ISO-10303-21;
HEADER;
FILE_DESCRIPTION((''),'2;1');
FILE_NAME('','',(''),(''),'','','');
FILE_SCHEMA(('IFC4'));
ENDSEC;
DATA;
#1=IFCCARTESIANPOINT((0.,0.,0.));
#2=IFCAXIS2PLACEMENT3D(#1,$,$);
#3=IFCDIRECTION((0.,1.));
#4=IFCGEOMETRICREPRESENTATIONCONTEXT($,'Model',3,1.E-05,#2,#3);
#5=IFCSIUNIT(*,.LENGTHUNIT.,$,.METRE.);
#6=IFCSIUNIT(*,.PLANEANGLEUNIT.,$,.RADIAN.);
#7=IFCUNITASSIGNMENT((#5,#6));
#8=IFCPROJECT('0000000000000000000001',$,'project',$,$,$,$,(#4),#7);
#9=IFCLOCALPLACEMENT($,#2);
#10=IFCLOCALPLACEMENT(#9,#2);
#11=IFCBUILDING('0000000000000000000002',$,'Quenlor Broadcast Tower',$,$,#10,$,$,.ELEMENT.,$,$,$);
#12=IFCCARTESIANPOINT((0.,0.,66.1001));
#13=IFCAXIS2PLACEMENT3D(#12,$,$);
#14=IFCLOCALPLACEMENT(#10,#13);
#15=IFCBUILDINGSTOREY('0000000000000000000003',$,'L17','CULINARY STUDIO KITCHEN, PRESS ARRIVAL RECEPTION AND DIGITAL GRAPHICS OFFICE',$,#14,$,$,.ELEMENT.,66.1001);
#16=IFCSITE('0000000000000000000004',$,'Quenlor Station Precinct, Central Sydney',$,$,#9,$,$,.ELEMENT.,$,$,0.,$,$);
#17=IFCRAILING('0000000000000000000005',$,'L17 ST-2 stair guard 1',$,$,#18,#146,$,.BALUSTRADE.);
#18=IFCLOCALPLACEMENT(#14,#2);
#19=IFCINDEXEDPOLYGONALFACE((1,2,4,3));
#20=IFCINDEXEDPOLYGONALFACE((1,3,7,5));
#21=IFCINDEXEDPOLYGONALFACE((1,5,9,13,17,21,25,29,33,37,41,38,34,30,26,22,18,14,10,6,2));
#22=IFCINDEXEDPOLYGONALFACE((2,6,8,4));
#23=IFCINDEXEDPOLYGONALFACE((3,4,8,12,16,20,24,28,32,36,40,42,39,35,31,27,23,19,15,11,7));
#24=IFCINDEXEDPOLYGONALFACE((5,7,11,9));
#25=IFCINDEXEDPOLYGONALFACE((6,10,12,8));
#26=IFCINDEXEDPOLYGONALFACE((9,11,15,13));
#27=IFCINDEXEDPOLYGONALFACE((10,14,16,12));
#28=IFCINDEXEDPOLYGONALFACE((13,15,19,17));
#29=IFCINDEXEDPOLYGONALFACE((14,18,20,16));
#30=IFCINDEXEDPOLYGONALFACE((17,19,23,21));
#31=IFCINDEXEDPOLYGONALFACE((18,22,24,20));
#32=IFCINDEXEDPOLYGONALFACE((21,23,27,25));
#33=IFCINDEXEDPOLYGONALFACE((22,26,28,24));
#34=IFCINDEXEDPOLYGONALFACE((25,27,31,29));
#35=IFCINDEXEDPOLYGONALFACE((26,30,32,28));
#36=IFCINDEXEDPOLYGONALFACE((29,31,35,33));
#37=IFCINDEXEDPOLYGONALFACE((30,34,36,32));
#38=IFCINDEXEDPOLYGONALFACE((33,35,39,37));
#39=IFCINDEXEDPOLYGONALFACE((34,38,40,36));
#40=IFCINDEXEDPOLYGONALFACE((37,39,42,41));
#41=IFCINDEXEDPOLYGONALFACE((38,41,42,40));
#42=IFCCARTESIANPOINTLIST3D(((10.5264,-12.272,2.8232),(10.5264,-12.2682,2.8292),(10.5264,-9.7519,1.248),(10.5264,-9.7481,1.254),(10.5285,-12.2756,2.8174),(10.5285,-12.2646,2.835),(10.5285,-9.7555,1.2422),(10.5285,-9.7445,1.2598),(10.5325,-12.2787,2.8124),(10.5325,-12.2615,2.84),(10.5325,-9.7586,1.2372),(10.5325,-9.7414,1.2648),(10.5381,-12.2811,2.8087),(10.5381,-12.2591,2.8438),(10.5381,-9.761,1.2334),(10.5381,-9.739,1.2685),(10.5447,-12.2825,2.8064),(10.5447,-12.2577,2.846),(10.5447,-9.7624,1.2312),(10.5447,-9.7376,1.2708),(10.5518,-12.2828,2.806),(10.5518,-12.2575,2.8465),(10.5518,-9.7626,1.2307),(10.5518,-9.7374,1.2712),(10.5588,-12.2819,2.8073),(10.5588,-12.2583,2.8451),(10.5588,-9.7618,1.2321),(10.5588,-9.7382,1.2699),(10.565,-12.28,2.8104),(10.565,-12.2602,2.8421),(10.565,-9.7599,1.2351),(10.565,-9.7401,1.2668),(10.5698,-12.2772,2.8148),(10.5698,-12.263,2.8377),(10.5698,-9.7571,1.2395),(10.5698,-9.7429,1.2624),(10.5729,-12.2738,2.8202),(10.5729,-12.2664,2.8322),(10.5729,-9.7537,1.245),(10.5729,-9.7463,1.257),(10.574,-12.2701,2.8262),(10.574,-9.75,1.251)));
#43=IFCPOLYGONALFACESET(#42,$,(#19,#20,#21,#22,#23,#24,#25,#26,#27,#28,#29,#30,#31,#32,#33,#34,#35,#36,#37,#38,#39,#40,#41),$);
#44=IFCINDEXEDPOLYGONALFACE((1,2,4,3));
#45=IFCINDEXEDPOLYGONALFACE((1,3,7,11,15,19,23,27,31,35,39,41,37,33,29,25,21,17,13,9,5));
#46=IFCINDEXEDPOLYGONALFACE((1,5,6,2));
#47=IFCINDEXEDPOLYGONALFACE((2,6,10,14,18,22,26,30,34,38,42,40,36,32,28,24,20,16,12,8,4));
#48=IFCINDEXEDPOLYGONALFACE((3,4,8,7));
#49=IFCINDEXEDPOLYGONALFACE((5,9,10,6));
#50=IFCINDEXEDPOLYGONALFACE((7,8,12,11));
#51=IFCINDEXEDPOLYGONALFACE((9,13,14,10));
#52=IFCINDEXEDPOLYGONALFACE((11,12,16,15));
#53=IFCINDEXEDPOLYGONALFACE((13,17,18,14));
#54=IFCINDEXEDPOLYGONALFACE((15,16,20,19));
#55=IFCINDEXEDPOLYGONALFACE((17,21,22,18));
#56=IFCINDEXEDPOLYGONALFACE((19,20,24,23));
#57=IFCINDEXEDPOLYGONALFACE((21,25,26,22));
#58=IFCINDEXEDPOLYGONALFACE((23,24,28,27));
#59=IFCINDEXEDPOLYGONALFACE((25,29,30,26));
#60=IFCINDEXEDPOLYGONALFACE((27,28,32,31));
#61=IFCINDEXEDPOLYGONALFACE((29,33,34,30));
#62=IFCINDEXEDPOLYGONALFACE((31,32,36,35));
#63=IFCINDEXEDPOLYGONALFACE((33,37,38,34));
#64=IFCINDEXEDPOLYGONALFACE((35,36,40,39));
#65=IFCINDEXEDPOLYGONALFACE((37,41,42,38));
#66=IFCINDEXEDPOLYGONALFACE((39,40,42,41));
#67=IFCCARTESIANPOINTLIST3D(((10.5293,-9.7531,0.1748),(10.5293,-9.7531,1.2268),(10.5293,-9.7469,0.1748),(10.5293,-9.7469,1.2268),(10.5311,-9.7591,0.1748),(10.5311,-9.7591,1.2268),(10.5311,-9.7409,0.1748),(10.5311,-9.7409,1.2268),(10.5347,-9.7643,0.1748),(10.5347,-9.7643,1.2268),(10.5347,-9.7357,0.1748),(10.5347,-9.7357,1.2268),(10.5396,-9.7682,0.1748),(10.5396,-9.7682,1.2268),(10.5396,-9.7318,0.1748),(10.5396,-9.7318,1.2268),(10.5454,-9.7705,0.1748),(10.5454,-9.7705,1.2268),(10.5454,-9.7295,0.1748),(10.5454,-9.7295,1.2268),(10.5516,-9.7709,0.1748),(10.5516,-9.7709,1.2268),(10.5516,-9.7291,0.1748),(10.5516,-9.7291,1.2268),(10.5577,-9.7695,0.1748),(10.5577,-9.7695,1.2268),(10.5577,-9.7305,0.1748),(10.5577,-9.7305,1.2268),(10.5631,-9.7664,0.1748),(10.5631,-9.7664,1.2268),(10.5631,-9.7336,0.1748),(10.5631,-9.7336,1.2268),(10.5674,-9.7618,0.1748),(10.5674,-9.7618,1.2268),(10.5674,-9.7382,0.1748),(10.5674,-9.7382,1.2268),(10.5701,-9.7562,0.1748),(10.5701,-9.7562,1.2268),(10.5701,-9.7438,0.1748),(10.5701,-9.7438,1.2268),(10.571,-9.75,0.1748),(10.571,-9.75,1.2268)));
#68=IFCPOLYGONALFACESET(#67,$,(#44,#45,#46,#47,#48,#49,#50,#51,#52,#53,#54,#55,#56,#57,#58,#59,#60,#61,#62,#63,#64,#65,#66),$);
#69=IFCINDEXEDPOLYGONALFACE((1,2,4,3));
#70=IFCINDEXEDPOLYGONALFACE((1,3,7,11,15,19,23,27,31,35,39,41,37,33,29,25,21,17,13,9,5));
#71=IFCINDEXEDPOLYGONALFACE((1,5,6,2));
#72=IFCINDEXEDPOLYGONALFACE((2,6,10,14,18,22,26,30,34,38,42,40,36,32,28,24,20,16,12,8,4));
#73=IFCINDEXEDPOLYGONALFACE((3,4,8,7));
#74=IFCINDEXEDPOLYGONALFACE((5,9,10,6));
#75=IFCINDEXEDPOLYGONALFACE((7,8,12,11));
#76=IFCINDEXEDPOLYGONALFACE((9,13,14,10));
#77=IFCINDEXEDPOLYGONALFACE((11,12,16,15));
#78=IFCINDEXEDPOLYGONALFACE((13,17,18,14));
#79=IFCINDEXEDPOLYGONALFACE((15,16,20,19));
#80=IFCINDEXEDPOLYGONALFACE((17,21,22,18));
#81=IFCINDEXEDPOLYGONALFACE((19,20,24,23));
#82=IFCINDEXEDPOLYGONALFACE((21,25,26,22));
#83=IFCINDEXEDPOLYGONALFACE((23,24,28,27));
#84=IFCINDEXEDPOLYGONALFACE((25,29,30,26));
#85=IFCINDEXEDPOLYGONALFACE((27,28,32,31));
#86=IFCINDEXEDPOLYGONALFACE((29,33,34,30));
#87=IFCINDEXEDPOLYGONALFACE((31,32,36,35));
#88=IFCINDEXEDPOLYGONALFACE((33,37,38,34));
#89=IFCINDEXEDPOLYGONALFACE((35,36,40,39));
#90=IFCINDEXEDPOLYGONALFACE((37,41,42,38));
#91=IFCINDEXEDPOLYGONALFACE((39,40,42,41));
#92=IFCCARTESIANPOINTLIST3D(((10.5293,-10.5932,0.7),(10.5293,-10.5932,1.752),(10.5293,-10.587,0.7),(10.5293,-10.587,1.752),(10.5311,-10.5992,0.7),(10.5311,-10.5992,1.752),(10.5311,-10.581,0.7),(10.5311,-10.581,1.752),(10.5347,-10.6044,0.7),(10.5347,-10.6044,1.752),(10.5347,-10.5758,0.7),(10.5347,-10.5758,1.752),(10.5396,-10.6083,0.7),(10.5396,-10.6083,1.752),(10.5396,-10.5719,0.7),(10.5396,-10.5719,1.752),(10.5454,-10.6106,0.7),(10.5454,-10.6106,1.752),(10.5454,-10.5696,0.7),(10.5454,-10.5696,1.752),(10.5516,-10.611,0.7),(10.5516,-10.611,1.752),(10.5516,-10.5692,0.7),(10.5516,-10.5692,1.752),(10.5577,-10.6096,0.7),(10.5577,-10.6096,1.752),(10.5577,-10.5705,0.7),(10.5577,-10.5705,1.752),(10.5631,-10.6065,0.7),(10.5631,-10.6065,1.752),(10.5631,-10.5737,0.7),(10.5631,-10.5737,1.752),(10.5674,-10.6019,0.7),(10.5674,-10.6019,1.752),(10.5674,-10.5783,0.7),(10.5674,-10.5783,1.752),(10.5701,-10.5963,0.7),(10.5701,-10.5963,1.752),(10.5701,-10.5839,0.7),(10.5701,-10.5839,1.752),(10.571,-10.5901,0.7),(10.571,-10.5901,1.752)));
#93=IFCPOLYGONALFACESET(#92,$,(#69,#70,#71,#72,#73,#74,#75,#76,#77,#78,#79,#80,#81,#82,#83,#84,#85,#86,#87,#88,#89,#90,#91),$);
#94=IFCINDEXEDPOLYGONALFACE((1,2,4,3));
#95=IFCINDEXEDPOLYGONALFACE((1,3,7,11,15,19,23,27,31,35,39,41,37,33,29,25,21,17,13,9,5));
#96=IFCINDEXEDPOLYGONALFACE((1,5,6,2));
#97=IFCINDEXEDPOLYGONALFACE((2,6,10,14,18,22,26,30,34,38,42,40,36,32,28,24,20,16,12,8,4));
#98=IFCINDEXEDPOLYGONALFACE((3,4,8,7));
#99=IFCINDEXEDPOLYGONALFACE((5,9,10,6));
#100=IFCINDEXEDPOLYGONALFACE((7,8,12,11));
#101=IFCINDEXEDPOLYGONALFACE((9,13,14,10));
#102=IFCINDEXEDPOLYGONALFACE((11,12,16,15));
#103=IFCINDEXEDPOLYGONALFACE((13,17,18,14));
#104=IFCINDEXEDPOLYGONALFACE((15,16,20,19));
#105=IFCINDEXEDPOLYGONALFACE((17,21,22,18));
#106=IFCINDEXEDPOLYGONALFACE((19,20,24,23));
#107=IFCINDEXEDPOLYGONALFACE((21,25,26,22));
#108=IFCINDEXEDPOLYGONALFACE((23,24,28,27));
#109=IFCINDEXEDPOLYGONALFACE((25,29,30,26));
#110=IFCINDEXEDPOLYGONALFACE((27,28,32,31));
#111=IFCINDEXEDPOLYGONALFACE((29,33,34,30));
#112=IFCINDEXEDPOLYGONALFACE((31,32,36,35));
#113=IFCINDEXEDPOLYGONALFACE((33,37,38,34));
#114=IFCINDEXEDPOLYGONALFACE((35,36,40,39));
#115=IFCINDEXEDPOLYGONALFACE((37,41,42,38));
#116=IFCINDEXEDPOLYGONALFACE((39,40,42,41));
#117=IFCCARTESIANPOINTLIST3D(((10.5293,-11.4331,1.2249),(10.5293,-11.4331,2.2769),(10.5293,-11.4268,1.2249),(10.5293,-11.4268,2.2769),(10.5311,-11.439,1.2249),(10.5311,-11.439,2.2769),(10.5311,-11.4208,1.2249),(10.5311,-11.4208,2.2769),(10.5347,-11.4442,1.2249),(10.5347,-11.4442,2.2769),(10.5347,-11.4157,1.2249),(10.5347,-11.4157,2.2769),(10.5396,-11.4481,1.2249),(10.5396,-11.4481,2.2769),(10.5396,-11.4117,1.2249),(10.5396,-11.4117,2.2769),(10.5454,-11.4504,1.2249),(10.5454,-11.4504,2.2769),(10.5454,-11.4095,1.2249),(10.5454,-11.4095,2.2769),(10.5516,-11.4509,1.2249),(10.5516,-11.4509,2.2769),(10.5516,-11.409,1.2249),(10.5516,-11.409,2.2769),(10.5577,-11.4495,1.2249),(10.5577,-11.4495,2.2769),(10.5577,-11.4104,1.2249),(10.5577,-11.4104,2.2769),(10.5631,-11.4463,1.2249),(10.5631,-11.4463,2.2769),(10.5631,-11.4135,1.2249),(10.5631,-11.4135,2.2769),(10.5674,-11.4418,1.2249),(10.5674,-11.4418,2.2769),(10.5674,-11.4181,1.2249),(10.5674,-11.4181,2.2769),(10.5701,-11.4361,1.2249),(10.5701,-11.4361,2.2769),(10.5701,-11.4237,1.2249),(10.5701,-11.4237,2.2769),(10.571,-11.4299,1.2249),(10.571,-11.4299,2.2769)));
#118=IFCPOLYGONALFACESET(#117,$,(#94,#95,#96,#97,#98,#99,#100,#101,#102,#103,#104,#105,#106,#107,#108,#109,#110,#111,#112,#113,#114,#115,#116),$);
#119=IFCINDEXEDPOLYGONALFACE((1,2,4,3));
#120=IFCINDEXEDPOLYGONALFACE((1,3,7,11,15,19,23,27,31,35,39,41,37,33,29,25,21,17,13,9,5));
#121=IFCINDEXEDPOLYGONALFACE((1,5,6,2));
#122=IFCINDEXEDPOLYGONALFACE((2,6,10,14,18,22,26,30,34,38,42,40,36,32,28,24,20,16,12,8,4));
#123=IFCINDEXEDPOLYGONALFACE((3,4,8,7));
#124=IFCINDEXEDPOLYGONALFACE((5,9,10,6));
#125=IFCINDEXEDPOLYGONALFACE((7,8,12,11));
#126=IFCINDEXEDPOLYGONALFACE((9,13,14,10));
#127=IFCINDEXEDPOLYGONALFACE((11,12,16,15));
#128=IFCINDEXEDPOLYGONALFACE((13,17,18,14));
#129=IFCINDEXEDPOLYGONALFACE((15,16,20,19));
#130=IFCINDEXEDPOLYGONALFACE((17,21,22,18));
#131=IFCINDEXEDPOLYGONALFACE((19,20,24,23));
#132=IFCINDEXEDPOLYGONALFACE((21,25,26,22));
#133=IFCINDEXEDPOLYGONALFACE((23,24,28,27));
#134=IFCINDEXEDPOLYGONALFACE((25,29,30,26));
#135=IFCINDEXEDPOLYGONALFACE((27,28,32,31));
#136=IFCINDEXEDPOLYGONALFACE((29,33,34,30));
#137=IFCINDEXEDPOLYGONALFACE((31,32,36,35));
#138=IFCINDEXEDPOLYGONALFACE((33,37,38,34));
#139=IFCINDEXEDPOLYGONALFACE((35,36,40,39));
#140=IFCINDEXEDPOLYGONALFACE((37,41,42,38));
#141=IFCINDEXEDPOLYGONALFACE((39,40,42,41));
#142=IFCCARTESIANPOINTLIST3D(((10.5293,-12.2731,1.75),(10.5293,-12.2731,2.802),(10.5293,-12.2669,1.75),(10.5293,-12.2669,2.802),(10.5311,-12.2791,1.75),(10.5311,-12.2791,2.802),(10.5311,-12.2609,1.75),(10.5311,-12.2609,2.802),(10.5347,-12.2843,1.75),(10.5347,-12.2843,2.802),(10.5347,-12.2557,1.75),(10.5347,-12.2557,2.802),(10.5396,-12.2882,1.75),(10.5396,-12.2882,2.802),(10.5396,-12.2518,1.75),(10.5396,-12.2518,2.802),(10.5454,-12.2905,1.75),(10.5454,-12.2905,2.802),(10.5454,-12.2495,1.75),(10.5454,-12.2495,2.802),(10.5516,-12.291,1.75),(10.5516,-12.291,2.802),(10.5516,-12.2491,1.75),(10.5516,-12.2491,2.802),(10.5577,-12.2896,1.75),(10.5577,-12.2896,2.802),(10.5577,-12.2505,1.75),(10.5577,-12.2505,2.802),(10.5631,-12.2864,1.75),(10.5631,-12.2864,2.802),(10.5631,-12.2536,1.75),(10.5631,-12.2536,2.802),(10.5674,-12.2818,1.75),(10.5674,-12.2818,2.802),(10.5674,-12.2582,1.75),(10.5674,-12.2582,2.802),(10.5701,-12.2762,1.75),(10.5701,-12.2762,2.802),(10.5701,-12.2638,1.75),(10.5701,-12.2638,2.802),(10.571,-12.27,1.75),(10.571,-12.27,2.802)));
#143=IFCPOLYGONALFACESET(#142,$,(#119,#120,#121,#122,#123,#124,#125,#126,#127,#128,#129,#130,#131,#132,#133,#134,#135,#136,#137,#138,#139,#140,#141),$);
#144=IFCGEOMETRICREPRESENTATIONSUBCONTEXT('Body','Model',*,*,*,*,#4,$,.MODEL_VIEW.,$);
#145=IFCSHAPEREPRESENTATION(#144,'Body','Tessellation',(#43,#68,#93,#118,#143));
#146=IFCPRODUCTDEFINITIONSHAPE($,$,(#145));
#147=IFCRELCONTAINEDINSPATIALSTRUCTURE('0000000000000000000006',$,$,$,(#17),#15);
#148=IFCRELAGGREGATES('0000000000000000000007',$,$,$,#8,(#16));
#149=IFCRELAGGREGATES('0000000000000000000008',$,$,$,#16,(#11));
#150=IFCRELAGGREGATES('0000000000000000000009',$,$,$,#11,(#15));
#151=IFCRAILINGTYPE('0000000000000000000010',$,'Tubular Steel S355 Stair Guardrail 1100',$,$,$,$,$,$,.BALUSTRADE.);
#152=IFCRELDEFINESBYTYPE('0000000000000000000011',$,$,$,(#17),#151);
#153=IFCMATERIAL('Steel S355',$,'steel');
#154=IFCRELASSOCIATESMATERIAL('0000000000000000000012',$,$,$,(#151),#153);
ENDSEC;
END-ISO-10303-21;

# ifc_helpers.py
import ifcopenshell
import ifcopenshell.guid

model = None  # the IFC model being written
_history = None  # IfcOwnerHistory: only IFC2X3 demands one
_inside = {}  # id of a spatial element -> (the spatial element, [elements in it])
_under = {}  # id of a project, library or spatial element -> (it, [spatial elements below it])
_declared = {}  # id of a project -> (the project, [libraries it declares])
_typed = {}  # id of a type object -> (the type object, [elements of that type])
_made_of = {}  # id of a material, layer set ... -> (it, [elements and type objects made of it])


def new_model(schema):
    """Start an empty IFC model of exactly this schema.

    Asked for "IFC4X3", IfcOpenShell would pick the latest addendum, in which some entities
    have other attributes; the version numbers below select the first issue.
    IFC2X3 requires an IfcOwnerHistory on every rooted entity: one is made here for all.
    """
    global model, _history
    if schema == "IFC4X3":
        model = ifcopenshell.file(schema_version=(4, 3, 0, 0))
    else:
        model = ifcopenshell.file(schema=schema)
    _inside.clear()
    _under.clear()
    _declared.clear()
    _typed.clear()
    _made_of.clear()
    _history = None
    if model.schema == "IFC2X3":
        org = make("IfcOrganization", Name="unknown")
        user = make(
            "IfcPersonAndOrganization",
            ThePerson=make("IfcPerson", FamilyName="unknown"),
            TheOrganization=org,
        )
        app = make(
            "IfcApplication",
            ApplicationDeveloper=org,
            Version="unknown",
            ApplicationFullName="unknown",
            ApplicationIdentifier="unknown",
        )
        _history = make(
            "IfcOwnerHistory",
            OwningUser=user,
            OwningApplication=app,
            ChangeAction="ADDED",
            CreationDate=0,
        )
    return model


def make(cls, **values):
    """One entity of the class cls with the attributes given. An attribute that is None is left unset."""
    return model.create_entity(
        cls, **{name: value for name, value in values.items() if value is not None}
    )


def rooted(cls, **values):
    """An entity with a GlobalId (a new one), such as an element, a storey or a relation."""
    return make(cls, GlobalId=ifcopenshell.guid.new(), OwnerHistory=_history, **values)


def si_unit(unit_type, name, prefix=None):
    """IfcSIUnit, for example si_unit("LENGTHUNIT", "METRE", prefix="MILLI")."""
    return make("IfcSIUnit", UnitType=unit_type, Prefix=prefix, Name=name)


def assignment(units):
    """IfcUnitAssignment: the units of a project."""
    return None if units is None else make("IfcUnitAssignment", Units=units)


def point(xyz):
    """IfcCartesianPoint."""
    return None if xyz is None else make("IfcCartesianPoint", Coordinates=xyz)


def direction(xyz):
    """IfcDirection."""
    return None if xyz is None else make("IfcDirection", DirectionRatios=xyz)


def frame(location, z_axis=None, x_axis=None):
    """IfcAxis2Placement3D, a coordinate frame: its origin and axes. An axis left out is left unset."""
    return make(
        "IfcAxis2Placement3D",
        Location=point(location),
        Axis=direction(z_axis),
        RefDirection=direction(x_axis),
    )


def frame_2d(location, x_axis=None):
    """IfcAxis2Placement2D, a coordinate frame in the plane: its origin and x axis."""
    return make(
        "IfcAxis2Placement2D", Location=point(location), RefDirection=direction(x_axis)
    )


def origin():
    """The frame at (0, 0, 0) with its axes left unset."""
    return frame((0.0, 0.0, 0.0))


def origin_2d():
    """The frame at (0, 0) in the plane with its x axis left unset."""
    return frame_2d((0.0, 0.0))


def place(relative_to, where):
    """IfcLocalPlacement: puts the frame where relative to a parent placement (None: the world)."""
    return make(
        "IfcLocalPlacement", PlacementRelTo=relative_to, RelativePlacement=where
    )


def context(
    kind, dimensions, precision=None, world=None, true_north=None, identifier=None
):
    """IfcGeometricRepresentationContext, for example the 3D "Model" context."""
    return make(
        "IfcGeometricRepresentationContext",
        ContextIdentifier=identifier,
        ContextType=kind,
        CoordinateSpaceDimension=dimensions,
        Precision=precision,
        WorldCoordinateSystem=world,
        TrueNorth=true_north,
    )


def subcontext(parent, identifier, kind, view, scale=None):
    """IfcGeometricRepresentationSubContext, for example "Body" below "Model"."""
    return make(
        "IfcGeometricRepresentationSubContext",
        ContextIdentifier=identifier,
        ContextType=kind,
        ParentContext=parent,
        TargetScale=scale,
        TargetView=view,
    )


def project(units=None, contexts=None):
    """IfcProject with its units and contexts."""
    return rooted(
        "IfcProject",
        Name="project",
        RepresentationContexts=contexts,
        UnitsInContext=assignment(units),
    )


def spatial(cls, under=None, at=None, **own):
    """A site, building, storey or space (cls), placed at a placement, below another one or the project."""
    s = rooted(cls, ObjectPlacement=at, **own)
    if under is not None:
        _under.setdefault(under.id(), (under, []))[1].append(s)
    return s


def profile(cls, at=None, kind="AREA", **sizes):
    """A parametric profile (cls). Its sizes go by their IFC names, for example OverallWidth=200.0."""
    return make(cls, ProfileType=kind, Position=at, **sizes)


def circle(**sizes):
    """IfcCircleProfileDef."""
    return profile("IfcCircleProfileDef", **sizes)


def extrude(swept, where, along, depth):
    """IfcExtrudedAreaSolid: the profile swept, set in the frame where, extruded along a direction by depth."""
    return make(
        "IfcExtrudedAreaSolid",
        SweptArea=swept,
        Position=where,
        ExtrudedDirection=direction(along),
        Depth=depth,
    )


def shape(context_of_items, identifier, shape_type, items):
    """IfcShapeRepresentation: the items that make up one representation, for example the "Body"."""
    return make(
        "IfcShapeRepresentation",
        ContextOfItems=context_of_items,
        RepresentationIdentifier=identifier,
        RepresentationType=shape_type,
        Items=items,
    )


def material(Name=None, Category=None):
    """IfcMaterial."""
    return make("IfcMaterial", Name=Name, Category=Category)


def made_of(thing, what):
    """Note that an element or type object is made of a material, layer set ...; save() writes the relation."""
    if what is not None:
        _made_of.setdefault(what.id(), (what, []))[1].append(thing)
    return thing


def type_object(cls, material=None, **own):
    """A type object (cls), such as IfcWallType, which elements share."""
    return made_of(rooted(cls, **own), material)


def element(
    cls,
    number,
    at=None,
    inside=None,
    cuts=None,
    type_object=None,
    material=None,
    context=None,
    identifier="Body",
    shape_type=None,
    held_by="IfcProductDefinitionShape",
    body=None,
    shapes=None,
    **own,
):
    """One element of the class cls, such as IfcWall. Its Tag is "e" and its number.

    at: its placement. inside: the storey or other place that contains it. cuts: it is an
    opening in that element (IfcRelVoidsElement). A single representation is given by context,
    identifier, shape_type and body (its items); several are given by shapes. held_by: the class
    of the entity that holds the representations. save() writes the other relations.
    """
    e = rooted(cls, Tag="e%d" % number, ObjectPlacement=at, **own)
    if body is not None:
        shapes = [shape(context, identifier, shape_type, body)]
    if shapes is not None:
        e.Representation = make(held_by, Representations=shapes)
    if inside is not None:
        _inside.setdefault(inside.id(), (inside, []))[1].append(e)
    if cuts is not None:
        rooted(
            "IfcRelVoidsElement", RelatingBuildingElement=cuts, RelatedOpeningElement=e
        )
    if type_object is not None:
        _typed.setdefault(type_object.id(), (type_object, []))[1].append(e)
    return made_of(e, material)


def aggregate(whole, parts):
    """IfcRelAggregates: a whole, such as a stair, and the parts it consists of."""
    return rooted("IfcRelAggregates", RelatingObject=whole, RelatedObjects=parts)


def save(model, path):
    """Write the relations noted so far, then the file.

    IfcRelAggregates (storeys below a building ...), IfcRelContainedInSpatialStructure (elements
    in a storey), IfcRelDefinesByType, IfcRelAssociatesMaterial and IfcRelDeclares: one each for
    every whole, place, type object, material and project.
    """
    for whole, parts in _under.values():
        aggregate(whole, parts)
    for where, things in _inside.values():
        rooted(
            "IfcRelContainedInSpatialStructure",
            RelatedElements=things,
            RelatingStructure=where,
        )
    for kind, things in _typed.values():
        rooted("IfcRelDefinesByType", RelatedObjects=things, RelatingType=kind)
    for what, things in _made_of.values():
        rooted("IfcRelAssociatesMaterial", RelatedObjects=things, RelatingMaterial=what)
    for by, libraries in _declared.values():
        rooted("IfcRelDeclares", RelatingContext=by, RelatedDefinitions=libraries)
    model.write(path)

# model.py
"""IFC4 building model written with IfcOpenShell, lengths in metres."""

from ifc_helpers import new_model, si_unit, direction, frame, origin, origin_2d, place, context, subcontext, project, spatial, circle, extrude, material, type_object, element, save


model = new_model("IFC4")

# Units and contexts
model_context = context("Model", 3, precision=1e-05, world=origin(), true_north=direction((0.0, 1.0)))
body_context = subcontext(model_context, "Body", "Model", "MODEL_VIEW")
ifc_project = project(units=[si_unit("LENGTHUNIT", "METRE"), si_unit("PLANEANGLEUNIT", "RADIAN")], contexts=[model_context])

# Site, building, storey
site_placement = place(None, origin())
site = spatial("IfcSite", under=ifc_project, at=site_placement, Name="Quenlor Station Precinct, Central Sydney", CompositionType="ELEMENT", RefElevation=0.0)
building_placement = place(site_placement, origin())
building = spatial("IfcBuilding", under=site, at=building_placement, Name="Quenlor Broadcast Tower", CompositionType="ELEMENT")
storey_placement = place(building_placement, frame((0.0, 0.0, 66.1001)))
storey = spatial("IfcBuildingStorey", under=building, at=storey_placement, Name="L17", Description="CULINARY STUDIO KITCHEN, PRESS ARRIVAL RECEPTION AND DIGITAL GRAPHICS OFFICE", CompositionType="ELEMENT", Elevation=66.1001)

# Railing
ifc_material_1 = material(Name="Steel S355", Category="steel")
railing_type_1 = type_object("IfcRailingType", Name="Tubular Steel S355 Stair Guardrail 1100", PredefinedType="BALUSTRADE", material=ifc_material_1)
railing_1_placement = place(storey_placement, frame((10.55, -9.75, 0.1748)))
element("IfcRailing", 1, at=railing_1_placement, inside=storey, type_object=railing_type_1, Name="L17 ST-2 stair guard 1", PredefinedType="BALUSTRADE", context=body_context, shape_type="SweptSolid", body=[
    extrude(circle(Radius=0.0239, at=origin_2d()), frame((0.0, 0.0, 1.0762), z_axis=(0.0, -0.847971, 0.530043), x_axis=(1.0, 0.0, 0.0)), (0.0, 0.0, 1.0), 2.9719),
    extrude(circle(Radius=0.021, at=origin_2d()), origin(), (0.0, 0.0, 1.0), 1.052),
    extrude(circle(Radius=0.021, at=origin_2d()), frame((0.0, -0.8401, 0.5251)), (0.0, 0.0, 1.0), 1.052),
    extrude(circle(Radius=0.021, at=origin_2d()), frame((0.0, -1.6799, 1.05)), (0.0, 0.0, 1.0), 1.052),
    extrude(circle(Radius=0.021, at=origin_2d()), frame((0.0, -2.52, 1.5752)), (0.0, 0.0, 1.0), 1.052),
])

save(model, "model.ifc")
